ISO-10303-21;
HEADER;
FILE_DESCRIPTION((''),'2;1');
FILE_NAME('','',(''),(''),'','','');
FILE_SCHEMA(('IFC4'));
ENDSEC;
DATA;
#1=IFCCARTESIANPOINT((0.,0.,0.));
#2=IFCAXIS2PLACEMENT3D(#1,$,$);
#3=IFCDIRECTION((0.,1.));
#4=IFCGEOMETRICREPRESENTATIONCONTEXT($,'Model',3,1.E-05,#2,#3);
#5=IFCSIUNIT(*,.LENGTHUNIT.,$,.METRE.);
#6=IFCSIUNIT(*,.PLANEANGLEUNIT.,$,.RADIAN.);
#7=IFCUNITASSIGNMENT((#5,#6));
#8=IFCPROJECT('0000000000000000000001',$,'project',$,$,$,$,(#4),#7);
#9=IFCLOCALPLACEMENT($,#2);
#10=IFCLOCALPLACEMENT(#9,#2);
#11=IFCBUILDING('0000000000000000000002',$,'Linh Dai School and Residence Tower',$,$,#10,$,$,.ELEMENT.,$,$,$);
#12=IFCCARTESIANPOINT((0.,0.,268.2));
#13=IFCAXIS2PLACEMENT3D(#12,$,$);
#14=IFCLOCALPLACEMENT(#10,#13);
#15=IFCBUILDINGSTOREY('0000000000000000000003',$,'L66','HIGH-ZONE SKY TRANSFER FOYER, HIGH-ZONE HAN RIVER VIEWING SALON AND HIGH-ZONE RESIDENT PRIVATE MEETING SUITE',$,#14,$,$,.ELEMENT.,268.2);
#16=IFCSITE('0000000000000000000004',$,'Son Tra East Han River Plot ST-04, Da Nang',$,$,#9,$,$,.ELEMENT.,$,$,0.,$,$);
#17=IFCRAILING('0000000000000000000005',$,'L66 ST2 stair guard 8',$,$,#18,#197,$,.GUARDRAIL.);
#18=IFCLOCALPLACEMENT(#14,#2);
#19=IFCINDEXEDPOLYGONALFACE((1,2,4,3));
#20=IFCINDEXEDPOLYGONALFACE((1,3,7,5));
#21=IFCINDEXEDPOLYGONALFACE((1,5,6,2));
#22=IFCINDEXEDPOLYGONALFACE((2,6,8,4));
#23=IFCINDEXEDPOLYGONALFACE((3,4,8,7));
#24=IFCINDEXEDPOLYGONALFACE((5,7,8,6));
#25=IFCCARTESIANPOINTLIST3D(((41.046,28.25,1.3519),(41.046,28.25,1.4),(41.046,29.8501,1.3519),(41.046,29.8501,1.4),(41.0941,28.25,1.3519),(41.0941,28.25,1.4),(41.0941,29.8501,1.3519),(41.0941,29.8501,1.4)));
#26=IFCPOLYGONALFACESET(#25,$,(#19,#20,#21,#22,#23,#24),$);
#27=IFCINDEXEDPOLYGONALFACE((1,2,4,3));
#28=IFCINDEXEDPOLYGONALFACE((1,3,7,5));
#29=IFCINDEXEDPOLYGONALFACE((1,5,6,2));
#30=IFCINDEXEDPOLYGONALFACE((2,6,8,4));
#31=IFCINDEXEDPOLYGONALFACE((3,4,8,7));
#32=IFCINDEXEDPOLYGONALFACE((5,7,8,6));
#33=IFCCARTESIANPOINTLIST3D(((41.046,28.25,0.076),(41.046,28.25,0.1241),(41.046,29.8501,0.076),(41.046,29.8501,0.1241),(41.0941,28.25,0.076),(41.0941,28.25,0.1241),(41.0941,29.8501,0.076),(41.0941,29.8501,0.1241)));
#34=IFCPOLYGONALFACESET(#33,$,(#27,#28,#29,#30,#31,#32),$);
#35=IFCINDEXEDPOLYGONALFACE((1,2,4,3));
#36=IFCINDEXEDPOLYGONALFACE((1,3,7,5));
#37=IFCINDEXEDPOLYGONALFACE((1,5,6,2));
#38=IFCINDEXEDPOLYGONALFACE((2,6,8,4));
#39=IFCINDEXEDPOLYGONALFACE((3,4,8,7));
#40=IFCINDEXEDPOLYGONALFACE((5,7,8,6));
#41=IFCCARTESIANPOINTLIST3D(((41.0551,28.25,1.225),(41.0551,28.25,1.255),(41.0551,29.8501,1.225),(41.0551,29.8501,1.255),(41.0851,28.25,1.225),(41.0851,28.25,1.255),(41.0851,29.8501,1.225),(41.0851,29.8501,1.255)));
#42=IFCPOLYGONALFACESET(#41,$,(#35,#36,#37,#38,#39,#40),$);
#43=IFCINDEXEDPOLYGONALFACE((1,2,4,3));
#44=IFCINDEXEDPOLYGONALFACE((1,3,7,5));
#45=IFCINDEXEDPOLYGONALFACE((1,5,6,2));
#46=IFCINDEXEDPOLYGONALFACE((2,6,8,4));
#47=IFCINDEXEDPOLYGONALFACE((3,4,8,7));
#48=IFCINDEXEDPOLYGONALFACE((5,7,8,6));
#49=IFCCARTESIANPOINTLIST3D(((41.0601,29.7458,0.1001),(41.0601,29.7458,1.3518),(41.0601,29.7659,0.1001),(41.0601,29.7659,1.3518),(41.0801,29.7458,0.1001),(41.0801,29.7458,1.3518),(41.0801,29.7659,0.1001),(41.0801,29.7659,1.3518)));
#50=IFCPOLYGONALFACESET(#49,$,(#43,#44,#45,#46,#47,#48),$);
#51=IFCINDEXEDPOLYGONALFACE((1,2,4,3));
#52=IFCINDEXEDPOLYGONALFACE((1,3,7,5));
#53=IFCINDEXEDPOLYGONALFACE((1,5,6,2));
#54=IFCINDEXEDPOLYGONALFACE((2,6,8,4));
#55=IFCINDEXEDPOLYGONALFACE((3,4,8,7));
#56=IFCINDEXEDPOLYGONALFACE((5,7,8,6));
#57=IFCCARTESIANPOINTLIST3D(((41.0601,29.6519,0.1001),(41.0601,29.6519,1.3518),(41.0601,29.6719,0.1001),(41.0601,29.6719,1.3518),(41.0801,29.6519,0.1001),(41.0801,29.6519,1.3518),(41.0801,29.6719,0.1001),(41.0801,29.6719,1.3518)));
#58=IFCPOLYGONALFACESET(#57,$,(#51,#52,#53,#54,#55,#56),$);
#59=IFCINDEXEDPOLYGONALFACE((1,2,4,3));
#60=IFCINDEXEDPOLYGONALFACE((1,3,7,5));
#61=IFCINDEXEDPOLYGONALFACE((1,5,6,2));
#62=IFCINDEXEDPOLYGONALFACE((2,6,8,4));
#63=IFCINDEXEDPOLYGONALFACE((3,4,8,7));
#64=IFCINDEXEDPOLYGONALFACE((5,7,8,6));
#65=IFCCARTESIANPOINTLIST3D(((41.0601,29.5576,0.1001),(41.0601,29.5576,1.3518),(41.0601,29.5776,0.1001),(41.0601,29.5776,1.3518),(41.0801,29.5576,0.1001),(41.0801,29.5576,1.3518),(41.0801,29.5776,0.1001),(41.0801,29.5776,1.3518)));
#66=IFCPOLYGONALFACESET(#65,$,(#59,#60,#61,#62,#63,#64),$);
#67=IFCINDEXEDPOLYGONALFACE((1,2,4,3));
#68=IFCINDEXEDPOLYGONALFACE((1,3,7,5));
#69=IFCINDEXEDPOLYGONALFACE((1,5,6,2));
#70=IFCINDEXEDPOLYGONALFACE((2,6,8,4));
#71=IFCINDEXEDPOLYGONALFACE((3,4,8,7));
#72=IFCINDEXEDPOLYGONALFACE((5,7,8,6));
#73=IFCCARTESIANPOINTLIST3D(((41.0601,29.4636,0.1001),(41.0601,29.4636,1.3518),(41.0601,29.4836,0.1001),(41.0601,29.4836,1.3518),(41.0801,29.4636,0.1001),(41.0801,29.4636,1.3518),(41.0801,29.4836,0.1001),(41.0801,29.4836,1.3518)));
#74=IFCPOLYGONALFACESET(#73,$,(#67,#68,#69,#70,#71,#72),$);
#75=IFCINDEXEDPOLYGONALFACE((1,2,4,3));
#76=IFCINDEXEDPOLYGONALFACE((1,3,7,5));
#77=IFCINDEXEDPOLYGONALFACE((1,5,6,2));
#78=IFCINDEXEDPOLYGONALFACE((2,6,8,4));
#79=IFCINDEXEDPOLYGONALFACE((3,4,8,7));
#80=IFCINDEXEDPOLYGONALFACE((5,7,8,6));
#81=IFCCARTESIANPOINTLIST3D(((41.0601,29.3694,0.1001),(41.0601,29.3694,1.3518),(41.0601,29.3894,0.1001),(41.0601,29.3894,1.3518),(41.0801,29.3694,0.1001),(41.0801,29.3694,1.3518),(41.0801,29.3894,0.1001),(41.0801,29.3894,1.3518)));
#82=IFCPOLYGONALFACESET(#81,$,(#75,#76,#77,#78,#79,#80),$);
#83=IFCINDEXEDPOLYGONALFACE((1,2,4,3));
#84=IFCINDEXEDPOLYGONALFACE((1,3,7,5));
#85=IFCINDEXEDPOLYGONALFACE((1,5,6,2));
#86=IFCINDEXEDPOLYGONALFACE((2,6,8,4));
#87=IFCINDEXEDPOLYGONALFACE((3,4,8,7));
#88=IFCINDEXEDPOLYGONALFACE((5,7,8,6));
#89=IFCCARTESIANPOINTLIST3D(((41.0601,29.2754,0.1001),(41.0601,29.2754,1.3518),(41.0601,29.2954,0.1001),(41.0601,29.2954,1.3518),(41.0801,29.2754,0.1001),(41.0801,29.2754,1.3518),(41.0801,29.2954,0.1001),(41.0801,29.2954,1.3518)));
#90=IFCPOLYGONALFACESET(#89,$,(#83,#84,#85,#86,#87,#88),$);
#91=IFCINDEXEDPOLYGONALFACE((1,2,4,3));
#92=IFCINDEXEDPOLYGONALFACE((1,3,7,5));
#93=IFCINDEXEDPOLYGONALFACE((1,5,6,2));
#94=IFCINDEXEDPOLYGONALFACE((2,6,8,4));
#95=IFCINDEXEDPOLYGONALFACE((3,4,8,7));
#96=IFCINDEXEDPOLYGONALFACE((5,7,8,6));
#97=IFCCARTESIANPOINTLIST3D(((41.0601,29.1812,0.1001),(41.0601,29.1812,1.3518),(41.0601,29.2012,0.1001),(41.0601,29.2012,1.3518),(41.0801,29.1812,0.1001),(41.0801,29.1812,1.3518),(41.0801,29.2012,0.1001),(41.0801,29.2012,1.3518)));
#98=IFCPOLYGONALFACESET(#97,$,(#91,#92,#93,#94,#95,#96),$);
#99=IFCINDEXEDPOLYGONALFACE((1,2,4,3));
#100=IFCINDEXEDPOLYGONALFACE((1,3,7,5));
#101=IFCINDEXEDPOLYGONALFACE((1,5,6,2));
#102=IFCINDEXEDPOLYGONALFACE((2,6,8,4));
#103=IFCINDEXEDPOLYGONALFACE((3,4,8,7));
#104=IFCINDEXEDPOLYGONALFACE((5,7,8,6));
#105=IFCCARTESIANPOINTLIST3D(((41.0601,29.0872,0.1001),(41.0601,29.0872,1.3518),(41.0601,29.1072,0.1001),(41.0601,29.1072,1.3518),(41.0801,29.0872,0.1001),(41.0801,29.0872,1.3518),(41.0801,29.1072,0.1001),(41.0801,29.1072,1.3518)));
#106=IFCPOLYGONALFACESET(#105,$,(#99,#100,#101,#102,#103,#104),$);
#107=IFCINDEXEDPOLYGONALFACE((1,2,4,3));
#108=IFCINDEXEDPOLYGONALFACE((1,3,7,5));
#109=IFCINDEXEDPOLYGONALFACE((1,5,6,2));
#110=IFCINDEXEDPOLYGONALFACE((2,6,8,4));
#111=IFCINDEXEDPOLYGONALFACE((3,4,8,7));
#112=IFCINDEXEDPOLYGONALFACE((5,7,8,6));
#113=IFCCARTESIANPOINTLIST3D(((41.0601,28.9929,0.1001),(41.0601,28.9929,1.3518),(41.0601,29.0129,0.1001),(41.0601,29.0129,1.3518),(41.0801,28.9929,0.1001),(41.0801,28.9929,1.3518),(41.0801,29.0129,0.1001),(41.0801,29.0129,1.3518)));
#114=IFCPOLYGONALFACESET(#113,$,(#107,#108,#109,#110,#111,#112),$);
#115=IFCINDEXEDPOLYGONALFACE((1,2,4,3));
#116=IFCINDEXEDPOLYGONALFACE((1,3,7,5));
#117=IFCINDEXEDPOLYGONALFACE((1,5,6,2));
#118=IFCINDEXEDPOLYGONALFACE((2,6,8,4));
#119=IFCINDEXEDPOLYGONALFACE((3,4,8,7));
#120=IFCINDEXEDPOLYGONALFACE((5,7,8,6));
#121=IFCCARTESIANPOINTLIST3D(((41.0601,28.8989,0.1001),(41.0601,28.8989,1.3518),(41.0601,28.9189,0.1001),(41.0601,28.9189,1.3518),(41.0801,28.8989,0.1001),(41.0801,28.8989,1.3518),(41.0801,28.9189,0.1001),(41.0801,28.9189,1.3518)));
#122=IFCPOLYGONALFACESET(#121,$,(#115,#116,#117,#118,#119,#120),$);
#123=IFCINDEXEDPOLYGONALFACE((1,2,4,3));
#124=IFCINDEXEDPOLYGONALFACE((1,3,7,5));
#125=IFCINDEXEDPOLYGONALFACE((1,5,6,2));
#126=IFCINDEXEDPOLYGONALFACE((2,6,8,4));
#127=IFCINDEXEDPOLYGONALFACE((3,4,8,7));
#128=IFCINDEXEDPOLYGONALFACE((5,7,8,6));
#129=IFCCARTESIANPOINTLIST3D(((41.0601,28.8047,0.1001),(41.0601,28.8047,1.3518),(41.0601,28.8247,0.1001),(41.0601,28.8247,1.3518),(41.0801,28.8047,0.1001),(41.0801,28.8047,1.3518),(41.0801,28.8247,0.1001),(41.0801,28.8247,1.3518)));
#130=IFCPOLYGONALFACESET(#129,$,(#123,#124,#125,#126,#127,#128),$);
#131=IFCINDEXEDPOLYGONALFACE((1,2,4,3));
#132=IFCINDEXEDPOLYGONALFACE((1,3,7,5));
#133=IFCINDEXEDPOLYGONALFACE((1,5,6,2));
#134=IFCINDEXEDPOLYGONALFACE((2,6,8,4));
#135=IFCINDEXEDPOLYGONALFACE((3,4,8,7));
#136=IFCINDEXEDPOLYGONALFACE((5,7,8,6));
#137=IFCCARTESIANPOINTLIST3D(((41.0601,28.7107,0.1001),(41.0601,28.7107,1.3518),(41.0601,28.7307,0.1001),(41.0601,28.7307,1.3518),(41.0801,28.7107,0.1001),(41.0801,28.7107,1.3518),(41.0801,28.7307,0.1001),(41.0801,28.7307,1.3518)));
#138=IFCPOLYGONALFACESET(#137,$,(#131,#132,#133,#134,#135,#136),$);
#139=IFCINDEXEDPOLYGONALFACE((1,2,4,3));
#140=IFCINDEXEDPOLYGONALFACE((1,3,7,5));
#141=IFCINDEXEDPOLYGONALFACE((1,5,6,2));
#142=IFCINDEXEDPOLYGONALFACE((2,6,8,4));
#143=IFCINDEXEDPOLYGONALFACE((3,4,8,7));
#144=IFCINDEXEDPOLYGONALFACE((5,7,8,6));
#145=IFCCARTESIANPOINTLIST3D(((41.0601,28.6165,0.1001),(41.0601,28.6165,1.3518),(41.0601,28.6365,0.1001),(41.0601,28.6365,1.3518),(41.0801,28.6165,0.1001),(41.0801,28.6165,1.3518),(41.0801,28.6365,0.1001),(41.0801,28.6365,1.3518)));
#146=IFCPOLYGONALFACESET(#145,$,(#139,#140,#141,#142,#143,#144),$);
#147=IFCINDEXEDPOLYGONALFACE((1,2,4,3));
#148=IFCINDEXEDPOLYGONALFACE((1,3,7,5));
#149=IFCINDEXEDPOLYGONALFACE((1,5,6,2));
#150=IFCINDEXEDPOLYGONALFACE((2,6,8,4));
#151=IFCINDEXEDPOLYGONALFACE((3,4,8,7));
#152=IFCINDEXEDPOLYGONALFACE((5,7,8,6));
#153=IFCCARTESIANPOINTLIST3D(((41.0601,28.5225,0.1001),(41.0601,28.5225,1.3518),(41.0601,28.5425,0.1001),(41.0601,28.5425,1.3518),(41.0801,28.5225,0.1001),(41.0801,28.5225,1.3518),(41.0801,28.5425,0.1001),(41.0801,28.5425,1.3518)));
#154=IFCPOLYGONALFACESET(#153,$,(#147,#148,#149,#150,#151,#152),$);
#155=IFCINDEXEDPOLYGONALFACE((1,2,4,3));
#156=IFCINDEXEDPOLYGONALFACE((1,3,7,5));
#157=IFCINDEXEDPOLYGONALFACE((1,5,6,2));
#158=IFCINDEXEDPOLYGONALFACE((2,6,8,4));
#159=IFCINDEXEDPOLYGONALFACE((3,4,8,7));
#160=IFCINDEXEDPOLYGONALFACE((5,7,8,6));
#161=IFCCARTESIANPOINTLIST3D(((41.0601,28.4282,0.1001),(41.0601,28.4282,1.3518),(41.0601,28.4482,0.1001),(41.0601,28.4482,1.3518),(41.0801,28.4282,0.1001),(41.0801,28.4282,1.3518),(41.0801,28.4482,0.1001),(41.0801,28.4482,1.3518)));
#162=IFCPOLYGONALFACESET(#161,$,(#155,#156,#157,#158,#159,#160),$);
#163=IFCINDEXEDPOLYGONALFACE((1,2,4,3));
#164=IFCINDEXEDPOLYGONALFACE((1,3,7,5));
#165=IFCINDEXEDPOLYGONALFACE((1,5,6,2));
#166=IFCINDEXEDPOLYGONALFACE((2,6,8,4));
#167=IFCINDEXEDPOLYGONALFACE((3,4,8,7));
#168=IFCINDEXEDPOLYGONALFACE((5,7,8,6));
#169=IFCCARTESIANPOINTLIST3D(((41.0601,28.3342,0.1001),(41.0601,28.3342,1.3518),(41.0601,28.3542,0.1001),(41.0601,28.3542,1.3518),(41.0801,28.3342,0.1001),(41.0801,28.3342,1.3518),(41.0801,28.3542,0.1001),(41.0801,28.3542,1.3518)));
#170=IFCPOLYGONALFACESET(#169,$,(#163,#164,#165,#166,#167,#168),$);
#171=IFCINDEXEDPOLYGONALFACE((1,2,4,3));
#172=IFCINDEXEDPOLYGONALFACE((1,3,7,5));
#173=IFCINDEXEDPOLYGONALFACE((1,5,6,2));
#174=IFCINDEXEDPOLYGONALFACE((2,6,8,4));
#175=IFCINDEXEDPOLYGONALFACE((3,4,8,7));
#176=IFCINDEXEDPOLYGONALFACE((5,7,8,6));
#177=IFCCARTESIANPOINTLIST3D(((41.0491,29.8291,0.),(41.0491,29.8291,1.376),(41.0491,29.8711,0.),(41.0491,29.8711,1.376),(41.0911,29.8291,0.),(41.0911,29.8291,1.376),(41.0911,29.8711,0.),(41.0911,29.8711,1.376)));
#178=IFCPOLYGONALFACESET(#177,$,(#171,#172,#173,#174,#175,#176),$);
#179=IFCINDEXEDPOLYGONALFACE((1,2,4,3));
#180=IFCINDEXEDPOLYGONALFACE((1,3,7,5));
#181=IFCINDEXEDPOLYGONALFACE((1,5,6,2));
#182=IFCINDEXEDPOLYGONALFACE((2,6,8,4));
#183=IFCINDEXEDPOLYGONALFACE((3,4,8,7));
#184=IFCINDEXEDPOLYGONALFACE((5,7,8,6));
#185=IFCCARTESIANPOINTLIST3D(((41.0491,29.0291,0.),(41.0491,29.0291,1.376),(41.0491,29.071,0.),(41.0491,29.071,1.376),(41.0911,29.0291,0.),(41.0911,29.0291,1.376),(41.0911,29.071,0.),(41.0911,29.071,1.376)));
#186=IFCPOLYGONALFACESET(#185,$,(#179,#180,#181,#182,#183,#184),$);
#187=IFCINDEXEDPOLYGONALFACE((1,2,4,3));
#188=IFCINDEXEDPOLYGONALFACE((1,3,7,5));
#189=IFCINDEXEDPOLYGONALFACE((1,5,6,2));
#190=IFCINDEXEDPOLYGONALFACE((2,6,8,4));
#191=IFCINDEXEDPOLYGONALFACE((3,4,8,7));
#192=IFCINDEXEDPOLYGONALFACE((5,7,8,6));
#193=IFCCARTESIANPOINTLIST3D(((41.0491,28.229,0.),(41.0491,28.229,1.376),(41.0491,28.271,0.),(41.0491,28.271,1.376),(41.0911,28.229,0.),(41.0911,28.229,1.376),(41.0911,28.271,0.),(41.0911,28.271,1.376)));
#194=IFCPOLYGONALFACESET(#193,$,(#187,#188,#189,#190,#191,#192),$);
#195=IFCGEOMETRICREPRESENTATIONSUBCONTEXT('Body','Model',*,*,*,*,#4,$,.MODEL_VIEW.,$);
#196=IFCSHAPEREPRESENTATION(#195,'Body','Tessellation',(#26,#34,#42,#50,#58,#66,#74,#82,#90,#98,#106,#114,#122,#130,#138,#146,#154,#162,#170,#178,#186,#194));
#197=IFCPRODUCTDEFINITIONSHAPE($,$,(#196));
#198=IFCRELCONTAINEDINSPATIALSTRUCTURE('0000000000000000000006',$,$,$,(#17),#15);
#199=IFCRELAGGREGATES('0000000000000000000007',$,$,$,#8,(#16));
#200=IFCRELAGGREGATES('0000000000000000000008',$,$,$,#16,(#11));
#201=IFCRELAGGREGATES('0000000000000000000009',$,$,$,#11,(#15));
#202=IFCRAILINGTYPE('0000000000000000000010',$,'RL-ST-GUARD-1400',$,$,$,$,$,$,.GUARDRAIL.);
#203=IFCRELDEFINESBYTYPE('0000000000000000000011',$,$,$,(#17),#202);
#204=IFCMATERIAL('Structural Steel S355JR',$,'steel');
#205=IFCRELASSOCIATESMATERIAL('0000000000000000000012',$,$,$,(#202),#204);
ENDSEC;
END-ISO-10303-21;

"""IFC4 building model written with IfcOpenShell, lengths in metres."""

from ifc_helpers import new_model, si_unit, direction, frame, origin, origin_2d, place, context, subcontext, project, spatial, rectangle, extrude, source, transform, mapped, material, type_object, element, save


model = new_model("IFC4")

# Units and contexts
model_context = context("Model", 3, precision=1e-05, world=origin(), true_north=direction((0.0, 1.0)))
body_context = subcontext(model_context, "Body", "Model", "MODEL_VIEW")
ifc_project = project(units=[si_unit("LENGTHUNIT", "METRE"), si_unit("PLANEANGLEUNIT", "RADIAN")], contexts=[model_context])

# Site, building, storey
site_placement = place(None, origin())
site = spatial("IfcSite", under=ifc_project, at=site_placement, Name="Son Tra East Han River Plot ST-04, Da Nang", CompositionType="ELEMENT", RefElevation=0.0)
building_placement = place(site_placement, origin())
building = spatial("IfcBuilding", under=site, at=building_placement, Name="Linh Dai School and Residence Tower", CompositionType="ELEMENT")
storey_placement = place(building_placement, frame((0.0, 0.0, 268.2)))
storey = spatial("IfcBuildingStorey", under=building, at=storey_placement, Name="L66", Description="HIGH-ZONE SKY TRANSFER FOYER, HIGH-ZONE HAN RIVER VIEWING SALON AND HIGH-ZONE RESIDENT PRIVATE MEETING SUITE", CompositionType="ELEMENT", Elevation=268.2)

# Shared definitions
ifc_material_1 = material(Name="Structural Steel S355JR", Category="steel")

# Railing
railing_type_1 = type_object("IfcRailingType", Name="RL-ST-GUARD-1400", PredefinedType="GUARDRAIL", material=ifc_material_1)
shared_shape_1 = source(origin(), body_context, "Body", "SweptSolid", [
    extrude(rectangle(XDim=0.0481, YDim=0.0481, at=origin_2d()), frame((0.0, 0.0, 1.376), z_axis=(0.0, -1.0, 0.0), x_axis=(1.0, 0.0, 0.0)), (0.0, 0.0, 1.0), 1.6001),
    extrude(rectangle(XDim=0.0481, YDim=0.0481, at=origin_2d()), frame((0.0, 0.0, 0.1001), z_axis=(0.0, -1.0, 0.0), x_axis=(1.0, 0.0, 0.0)), (0.0, 0.0, 1.0), 1.6001),
    extrude(rectangle(XDim=0.03, YDim=0.03, at=origin_2d()), frame((0.0, 0.0, 1.24), z_axis=(0.0, -1.0, 0.0), x_axis=(1.0, 0.0, 0.0)), (0.0, 0.0, 1.0), 1.6001),
    extrude(rectangle(XDim=0.02, YDim=0.02, at=origin_2d()), frame((0.0, -0.0942, 0.1001)), (0.0, 0.0, 1.0), 1.2517),
    extrude(rectangle(XDim=0.02, YDim=0.02, at=origin_2d()), frame((0.0, -0.1882, 0.1001)), (0.0, 0.0, 1.0), 1.2517),
    extrude(rectangle(XDim=0.02, YDim=0.02, at=origin_2d()), frame((0.0, -0.2825, 0.1001)), (0.0, 0.0, 1.0), 1.2517),
    extrude(rectangle(XDim=0.02, YDim=0.02, at=origin_2d()), frame((0.0, -0.3765, 0.1001)), (0.0, 0.0, 1.0), 1.2517),
    extrude(rectangle(XDim=0.02, YDim=0.02, at=origin_2d()), frame((0.0, -0.4707, 0.1001)), (0.0, 0.0, 1.0), 1.2517),
    extrude(rectangle(XDim=0.02, YDim=0.02, at=origin_2d()), frame((0.0, -0.5647, 0.1001)), (0.0, 0.0, 1.0), 1.2517),
    extrude(rectangle(XDim=0.02, YDim=0.02, at=origin_2d()), frame((0.0, -0.6589, 0.1001)), (0.0, 0.0, 1.0), 1.2517),
    extrude(rectangle(XDim=0.02, YDim=0.02, at=origin_2d()), frame((0.0, -0.7529, 0.1001)), (0.0, 0.0, 1.0), 1.2517),
    extrude(rectangle(XDim=0.02, YDim=0.02, at=origin_2d()), frame((0.0, -0.8472, 0.1001)), (0.0, 0.0, 1.0), 1.2517),
    extrude(rectangle(XDim=0.02, YDim=0.02, at=origin_2d()), frame((0.0, -0.9412, 0.1001)), (0.0, 0.0, 1.0), 1.2517),
    extrude(rectangle(XDim=0.02, YDim=0.02, at=origin_2d()), frame((0.0, -1.0354, 0.1001)), (0.0, 0.0, 1.0), 1.2517),
    extrude(rectangle(XDim=0.02, YDim=0.02, at=origin_2d()), frame((0.0, -1.1294, 0.1001)), (0.0, 0.0, 1.0), 1.2517),
    extrude(rectangle(XDim=0.02, YDim=0.02, at=origin_2d()), frame((0.0, -1.2236, 0.1001)), (0.0, 0.0, 1.0), 1.2517),
    extrude(rectangle(XDim=0.02, YDim=0.02, at=origin_2d()), frame((0.0, -1.3176, 0.1001)), (0.0, 0.0, 1.0), 1.2517),
    extrude(rectangle(XDim=0.02, YDim=0.02, at=origin_2d()), frame((0.0, -1.4119, 0.1001)), (0.0, 0.0, 1.0), 1.2517),
    extrude(rectangle(XDim=0.02, YDim=0.02, at=origin_2d()), frame((0.0, -1.5059, 0.1001)), (0.0, 0.0, 1.0), 1.2517),
    extrude(rectangle(XDim=0.042, YDim=0.042, at=origin_2d()), origin(), (0.0, 0.0, 1.0), 1.376),
    extrude(rectangle(XDim=0.042, YDim=0.042, at=origin_2d()), frame((0.0, -0.8, 0.0)), (0.0, 0.0, 1.0), 1.376),
    extrude(rectangle(XDim=0.042, YDim=0.042, at=origin_2d()), frame((0.0, -1.6001, 0.0)), (0.0, 0.0, 1.0), 1.376),
])
for number, where, name in (
    (1, (41.0701, 29.8501, 0.0), "L66 ST2 stair guard 8"),
):
    element("IfcRailing", number, at=place(storey_placement, frame(where)), inside=storey, type_object=railing_type_1, Name=name, PredefinedType="GUARDRAIL", context=body_context, shape_type="MappedRepresentation", body=[
        mapped(shared_shape_1, transform((0.0, 0.0, 0.0), x_axis=(1.0, 0.0, 0.0), y_axis=(0.0, 1.0, 0.0), z_axis=(0.0, 0.0, 1.0), scale=1.0)),
    ])

save(model, "model.ifc")
